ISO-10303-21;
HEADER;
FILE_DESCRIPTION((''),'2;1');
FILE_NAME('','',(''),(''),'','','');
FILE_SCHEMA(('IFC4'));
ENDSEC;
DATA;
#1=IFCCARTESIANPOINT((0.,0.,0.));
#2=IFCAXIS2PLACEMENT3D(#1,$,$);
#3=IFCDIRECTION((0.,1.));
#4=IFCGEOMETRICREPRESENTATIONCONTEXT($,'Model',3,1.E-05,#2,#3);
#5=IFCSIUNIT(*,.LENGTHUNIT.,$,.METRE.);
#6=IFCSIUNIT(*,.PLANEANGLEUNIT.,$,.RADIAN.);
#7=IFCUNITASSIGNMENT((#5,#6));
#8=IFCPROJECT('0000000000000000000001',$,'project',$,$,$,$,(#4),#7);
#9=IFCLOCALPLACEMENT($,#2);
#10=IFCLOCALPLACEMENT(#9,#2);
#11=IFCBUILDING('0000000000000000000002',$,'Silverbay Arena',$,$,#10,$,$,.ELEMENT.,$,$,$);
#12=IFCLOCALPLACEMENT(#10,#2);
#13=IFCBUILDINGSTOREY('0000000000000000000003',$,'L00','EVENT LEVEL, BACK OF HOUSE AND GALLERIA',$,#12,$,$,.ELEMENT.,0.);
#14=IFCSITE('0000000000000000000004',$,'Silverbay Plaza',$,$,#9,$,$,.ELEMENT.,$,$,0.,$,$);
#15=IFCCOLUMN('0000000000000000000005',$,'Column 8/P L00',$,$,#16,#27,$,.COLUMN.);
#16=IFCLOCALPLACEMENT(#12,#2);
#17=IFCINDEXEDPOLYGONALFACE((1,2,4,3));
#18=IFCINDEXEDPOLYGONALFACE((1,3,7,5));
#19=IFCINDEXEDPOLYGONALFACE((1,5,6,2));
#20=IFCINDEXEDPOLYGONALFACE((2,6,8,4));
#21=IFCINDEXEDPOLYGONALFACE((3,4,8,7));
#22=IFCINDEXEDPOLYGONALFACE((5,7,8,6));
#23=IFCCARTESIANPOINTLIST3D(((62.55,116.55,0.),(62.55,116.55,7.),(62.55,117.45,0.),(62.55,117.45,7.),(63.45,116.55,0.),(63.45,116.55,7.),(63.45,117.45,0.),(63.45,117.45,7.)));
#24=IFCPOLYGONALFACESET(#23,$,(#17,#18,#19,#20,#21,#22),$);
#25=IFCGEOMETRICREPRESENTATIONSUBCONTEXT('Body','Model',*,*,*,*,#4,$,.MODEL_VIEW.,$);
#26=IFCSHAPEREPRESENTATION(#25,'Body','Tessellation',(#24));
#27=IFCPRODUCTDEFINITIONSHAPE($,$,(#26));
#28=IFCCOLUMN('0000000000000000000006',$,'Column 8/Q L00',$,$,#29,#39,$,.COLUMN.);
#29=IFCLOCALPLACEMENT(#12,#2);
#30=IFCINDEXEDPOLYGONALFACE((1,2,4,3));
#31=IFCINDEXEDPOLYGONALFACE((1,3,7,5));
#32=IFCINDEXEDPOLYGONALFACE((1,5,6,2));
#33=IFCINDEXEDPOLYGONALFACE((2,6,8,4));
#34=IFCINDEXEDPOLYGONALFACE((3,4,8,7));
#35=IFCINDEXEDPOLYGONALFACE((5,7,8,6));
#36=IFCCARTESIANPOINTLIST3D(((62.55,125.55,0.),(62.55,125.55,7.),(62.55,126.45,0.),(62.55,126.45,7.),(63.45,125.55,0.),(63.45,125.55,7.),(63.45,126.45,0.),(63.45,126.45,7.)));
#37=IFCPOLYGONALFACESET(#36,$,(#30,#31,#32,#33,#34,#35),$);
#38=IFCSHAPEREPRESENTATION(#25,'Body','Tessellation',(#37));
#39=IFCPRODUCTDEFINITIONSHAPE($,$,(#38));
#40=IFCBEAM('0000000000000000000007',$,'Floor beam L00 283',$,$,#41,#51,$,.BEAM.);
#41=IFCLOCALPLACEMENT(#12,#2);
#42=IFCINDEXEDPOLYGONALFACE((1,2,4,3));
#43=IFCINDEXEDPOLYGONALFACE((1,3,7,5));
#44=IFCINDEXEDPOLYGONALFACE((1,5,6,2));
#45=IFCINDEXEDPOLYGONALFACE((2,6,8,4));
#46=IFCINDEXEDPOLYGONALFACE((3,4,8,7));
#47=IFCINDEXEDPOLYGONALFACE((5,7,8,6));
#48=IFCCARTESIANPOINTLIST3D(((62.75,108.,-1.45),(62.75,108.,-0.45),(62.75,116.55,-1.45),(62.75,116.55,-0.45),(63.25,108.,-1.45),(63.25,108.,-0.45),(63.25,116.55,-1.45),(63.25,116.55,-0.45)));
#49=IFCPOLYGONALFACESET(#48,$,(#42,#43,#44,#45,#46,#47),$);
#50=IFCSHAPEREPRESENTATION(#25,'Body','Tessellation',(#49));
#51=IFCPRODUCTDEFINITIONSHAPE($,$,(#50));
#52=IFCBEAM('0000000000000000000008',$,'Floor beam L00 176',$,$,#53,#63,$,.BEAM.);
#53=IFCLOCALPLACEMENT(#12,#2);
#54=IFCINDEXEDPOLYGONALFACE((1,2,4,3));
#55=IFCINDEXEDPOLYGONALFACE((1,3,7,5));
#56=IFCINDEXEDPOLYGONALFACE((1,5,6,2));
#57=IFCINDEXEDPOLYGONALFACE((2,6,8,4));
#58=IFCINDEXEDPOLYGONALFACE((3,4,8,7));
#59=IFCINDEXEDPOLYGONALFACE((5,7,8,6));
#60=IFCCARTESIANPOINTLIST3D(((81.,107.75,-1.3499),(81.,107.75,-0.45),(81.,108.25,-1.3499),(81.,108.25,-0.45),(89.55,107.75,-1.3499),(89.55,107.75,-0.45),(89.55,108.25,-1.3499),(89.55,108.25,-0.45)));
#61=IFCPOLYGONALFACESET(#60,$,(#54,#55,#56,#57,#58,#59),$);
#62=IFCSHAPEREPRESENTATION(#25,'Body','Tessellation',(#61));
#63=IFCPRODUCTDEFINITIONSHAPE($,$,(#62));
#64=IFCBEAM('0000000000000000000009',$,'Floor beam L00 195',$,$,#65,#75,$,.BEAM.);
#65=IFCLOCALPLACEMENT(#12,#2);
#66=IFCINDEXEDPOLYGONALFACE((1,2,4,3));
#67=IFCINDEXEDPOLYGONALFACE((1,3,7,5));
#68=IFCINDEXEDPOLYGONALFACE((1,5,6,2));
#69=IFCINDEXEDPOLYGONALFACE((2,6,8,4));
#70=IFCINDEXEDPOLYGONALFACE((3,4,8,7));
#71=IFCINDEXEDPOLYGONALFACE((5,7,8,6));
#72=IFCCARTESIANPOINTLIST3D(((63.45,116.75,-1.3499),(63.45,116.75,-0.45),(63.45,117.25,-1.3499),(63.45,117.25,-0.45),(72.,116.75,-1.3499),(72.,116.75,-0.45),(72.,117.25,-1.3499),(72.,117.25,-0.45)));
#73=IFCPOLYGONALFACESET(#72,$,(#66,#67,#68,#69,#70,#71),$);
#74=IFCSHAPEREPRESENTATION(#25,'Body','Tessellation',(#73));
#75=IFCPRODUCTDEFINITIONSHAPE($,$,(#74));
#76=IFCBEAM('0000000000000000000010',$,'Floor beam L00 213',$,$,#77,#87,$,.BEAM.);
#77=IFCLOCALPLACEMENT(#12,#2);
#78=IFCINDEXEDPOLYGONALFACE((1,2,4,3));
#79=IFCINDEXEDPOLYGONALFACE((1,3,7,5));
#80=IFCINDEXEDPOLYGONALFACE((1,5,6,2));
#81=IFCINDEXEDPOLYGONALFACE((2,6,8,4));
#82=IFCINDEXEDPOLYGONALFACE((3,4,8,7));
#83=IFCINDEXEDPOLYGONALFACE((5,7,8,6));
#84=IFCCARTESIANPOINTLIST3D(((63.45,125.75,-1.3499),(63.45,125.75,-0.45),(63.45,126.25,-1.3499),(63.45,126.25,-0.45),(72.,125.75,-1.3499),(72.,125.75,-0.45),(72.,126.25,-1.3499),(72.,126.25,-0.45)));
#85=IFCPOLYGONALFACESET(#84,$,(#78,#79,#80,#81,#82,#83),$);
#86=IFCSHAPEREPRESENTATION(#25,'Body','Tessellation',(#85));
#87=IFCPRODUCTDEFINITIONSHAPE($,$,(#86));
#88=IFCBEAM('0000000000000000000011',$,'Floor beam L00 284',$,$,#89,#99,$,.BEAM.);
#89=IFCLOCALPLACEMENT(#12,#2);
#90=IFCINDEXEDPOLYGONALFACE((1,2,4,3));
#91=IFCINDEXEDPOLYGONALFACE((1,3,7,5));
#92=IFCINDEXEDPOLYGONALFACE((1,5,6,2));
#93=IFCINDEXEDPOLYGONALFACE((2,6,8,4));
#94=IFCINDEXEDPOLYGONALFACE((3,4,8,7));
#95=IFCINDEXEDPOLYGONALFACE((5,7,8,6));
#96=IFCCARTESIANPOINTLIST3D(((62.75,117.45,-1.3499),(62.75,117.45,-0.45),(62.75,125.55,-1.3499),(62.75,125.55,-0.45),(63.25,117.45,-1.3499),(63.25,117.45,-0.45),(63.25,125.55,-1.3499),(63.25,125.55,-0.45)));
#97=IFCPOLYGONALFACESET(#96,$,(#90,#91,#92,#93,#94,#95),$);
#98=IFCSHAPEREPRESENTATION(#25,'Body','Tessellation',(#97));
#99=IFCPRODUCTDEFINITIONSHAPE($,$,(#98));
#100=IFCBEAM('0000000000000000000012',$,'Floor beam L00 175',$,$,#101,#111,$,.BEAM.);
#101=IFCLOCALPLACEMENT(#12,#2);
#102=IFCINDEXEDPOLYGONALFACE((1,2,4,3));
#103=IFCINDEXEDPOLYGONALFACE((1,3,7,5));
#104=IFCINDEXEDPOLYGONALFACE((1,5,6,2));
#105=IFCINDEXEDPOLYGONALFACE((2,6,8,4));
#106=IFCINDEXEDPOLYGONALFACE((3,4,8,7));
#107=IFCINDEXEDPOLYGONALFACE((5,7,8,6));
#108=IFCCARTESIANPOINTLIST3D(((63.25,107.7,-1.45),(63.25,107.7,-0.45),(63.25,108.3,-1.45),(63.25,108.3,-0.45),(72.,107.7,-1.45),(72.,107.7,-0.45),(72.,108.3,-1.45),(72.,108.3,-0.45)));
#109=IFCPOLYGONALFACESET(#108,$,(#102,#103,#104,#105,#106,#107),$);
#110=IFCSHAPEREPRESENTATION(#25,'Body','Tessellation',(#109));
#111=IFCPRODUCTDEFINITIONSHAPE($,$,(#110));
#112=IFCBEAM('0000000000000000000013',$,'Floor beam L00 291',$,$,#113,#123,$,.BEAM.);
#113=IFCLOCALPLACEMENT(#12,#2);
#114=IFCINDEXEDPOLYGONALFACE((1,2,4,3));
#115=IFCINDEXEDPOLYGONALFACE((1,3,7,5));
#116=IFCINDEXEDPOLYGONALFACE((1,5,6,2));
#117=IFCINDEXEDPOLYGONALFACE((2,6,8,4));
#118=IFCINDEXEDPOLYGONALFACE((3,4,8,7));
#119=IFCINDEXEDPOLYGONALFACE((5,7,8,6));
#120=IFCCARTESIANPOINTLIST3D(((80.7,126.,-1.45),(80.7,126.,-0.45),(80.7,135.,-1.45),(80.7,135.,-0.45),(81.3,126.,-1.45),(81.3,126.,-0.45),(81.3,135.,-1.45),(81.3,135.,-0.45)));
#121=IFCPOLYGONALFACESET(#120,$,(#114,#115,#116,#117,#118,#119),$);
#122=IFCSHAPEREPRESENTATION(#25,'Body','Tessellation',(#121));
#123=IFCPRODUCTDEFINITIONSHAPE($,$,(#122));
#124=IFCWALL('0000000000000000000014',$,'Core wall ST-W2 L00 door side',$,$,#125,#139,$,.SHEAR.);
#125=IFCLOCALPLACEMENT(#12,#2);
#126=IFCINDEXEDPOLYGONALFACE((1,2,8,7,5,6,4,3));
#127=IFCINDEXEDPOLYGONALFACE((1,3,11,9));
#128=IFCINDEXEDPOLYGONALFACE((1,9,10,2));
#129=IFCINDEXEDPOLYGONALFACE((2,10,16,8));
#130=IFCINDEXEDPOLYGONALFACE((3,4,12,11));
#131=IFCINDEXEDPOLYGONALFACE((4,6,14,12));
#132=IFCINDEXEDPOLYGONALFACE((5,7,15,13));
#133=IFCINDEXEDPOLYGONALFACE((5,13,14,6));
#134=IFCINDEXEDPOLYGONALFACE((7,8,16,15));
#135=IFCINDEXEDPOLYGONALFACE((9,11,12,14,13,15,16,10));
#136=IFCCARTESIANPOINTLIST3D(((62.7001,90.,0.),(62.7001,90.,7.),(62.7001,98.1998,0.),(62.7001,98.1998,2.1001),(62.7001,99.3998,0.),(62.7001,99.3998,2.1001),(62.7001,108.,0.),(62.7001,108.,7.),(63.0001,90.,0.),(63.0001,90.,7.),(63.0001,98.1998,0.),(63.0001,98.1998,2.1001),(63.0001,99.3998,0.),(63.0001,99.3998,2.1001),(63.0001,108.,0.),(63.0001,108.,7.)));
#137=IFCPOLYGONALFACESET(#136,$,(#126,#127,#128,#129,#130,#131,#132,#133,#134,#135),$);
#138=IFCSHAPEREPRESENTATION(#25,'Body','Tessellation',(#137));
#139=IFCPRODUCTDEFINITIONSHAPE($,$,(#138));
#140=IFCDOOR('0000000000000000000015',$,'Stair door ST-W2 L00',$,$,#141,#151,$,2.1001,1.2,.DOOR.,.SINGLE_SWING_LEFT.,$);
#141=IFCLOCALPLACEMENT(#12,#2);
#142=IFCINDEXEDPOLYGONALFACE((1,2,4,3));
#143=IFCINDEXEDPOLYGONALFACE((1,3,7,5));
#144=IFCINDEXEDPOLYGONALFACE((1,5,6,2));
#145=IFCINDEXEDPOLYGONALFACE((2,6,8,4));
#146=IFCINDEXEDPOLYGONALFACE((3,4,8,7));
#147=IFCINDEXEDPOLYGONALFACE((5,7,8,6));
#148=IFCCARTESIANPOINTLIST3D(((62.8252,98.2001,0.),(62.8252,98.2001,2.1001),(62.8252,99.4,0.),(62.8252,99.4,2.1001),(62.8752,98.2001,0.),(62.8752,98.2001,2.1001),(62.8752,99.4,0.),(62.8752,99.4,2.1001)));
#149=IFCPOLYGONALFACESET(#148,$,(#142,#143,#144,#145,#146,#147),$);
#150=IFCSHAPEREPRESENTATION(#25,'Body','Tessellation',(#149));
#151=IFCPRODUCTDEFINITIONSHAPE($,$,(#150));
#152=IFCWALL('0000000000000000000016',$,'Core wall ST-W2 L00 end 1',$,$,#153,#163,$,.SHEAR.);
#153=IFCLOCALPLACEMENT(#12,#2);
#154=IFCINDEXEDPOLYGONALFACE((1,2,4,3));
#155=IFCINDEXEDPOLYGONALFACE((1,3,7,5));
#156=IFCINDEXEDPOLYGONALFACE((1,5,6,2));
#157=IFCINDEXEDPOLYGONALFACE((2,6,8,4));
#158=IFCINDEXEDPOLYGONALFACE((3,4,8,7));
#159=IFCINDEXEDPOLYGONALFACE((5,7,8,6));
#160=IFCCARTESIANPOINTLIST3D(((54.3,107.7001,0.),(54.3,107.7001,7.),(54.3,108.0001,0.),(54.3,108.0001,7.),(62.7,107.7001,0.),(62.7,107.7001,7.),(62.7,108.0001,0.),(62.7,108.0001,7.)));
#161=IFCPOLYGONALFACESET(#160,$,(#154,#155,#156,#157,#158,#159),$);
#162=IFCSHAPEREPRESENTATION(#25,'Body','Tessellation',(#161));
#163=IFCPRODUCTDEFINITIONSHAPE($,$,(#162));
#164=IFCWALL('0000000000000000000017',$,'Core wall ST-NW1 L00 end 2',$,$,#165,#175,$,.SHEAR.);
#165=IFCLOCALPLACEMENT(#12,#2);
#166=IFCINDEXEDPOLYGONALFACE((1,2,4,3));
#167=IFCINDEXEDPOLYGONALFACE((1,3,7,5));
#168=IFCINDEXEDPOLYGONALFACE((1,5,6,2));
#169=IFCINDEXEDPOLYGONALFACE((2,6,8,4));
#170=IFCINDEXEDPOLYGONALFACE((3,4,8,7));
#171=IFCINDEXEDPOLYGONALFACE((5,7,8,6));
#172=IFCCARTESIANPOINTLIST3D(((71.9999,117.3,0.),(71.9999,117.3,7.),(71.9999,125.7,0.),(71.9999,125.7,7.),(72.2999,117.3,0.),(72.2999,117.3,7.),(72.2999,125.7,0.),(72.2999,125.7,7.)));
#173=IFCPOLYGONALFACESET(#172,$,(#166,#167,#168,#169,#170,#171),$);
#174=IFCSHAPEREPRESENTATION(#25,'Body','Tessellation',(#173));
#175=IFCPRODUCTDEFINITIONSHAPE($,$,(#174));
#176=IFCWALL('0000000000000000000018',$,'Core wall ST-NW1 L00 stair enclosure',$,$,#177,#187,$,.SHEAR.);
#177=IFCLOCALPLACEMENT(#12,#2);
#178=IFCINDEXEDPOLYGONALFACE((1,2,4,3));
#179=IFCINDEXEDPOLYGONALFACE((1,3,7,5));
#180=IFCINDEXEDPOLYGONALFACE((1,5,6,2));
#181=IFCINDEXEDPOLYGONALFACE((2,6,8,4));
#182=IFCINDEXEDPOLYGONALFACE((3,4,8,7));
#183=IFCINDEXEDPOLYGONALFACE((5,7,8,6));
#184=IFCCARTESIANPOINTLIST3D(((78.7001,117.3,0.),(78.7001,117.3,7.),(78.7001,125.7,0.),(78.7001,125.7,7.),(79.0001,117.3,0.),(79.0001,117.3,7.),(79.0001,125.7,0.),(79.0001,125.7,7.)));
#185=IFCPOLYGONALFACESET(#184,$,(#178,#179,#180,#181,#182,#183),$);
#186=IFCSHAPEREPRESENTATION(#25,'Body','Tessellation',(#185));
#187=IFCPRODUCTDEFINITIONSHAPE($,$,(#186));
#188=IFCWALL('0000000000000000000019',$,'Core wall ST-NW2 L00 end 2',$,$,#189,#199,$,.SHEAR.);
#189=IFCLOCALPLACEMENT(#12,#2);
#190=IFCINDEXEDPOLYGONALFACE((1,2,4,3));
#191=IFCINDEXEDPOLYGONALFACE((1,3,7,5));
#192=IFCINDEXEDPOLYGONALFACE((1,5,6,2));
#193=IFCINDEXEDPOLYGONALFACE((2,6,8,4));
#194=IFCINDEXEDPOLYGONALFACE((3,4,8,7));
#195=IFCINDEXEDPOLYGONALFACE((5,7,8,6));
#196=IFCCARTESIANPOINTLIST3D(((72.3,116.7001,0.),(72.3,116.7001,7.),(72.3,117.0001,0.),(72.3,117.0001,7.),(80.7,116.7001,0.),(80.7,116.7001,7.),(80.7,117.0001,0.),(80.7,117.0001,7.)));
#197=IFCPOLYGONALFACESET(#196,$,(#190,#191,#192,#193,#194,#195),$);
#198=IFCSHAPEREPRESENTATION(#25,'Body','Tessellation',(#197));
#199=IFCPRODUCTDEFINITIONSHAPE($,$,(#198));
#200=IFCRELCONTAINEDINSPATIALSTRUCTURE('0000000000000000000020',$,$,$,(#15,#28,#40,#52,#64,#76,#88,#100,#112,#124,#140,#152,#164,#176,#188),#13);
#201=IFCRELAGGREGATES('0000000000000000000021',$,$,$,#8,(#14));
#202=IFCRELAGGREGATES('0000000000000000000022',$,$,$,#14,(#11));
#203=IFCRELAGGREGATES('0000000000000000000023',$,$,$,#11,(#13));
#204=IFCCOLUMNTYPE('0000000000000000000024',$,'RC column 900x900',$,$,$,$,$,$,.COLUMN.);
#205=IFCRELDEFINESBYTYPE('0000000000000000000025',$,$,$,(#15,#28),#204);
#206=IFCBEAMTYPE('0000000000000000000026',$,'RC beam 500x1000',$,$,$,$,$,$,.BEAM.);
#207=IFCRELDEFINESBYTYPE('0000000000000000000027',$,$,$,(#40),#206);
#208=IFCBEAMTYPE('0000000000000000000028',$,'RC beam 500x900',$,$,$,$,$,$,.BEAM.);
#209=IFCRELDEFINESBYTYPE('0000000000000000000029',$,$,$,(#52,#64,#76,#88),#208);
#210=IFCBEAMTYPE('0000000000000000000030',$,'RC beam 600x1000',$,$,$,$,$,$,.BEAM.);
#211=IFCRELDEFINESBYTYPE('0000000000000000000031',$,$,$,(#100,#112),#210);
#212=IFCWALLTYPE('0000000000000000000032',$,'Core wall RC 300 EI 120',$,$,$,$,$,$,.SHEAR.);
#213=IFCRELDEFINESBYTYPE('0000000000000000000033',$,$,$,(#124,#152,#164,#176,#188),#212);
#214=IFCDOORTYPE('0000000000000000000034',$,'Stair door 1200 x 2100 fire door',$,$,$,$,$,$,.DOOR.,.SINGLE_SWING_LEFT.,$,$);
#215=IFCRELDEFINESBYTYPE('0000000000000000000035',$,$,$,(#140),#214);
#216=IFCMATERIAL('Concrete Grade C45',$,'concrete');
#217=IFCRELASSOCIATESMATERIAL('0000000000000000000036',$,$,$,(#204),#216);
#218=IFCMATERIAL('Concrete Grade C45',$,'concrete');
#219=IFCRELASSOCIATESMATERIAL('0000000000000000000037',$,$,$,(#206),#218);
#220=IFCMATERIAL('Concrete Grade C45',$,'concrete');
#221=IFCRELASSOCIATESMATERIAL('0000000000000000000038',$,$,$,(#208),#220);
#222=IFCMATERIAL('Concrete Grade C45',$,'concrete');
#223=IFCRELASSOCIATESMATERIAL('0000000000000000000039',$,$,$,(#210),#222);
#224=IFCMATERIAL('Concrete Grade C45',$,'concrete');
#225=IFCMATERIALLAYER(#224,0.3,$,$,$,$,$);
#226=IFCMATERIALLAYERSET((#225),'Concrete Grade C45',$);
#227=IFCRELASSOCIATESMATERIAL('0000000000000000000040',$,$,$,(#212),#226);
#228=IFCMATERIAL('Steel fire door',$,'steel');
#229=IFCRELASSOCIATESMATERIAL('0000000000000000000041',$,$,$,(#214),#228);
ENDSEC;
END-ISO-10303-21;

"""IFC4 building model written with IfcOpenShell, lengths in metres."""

from ifc_helpers import new_model, si_unit, direction, frame, frame_2d, origin, origin_2d, place, context, subcontext, project, spatial, rectangle, extrude, material, layer, layer_set, material_profile, profile_set, type_object, element, fill, save


model = new_model("IFC4")

# Units and contexts
model_context = context("Model", 3, precision=1e-05, world=origin(), true_north=direction((0.0, 1.0)))
body_context = subcontext(model_context, "Body", "Model", "MODEL_VIEW")
ifc_project = project(units=[si_unit("LENGTHUNIT", "METRE"), si_unit("PLANEANGLEUNIT", "RADIAN")], contexts=[model_context])

# Site, building, storey
site_placement = place(None, origin())
site = spatial("IfcSite", under=ifc_project, at=site_placement, Name="Silverbay Plaza", CompositionType="ELEMENT", RefElevation=0.0)
building_placement = place(site_placement, origin())
building = spatial("IfcBuilding", under=site, at=building_placement, Name="Silverbay Arena", CompositionType="ELEMENT")
storey_placement = place(building_placement, origin())
storey = spatial("IfcBuildingStorey", under=building, at=storey_placement, Name="L00", Description="EVENT LEVEL, BACK OF HOUSE AND GALLERIA", CompositionType="ELEMENT", Elevation=0.0)

# Columns
ifc_material_1 = material(Name="Concrete Grade C45", Category="concrete")
ifc_material_profile_1 = material_profile(ifc_material_1, rectangle(XDim=0.8999, YDim=0.8999, at=origin_2d()), Name="RC 900x900")
ifc_profile_set_1 = profile_set([ifc_material_profile_1], Name="Concrete Grade C45")
column_type = type_object("IfcColumnType", Name="RC column 900x900", PredefinedType="COLUMN", material=ifc_profile_set_1)
for number, where, z_axis, x_axis, name in (
    (1, (63.0, 117.0, 0.0), (0.0, 0.0, 1.0), (1.0, 0.0, 0.0), "Column 8/P L00"),
    (2, (63.0, 126.0, 0.0), (0.0, 0.0, 1.0), (1.0, 0.0, 0.0), "Column 8/Q L00"),
):
    element("IfcColumn", number, at=place(storey_placement, frame(where, z_axis=z_axis, x_axis=x_axis)), inside=storey, type_object=column_type, Name=name, PredefinedType="COLUMN", context=body_context, shape_type="SweptSolid", body=[
        extrude(rectangle(XDim=0.8999, YDim=0.8999, at=origin_2d()), origin(), (0.0, 0.0, 1.0), 7.0),
    ])

# Beams
ifc_material_2 = material(Name="Concrete Grade C45", Category="concrete")
ifc_material_profile_2 = material_profile(ifc_material_2, rectangle(XDim=0.5, YDim=1.0, at=origin_2d()), Name="RC 500x1000")
ifc_profile_set_2 = profile_set([ifc_material_profile_2], Name="Concrete Grade C45")
beam_type_1 = type_object("IfcBeamType", Name="RC beam 500x1000", PredefinedType="BEAM", material=ifc_profile_set_2)
beam_1_placement = place(storey_placement, frame((63.0, 108.0, -0.95), z_axis=(0.0, 1.0, 0.0), x_axis=(-1.0, 0.0, 0.0)))
element("IfcBeam", 3, at=beam_1_placement, inside=storey, type_object=beam_type_1, Name="Floor beam L00 283", PredefinedType="BEAM", context=body_context, shape_type="SweptSolid", body=[
    extrude(rectangle(XDim=0.5, YDim=1.0, at=origin_2d()), origin(), (0.0, 0.0, 1.0), 8.55),
])
ifc_material_3 = material(Name="Concrete Grade C45", Category="concrete")
ifc_material_profile_3 = material_profile(ifc_material_3, rectangle(XDim=0.5, YDim=0.8999, at=origin_2d()), Name="RC 500x900")
ifc_profile_set_3 = profile_set([ifc_material_profile_3], Name="Concrete Grade C45")
beam_type_2 = type_object("IfcBeamType", Name="RC beam 500x900", PredefinedType="BEAM", material=ifc_profile_set_3)
for number, where, z_axis, x_axis, name in (
    (4, (81.0, 108.0, -0.8999), (1.0, 0.0, 0.0), (0.0, 1.0, 0.0), "Floor beam L00 176"),
    (5, (63.45, 117.0, -0.8999), (1.0, 0.0, 0.0), (0.0, 1.0, 0.0), "Floor beam L00 195"),
    (6, (63.45, 126.0, -0.8999), (1.0, 0.0, 0.0), (0.0, 1.0, 0.0), "Floor beam L00 213"),
):
    element("IfcBeam", number, at=place(storey_placement, frame(where, z_axis=z_axis, x_axis=x_axis)), inside=storey, type_object=beam_type_2, Name=name, PredefinedType="BEAM", context=body_context, shape_type="SweptSolid", body=[
        extrude(rectangle(XDim=0.5, YDim=0.8999, at=origin_2d()), origin(), (0.0, 0.0, 1.0), 8.55),
    ])
beam_2_placement = place(storey_placement, frame((63.0, 117.45, -0.8999), z_axis=(0.0, 1.0, 0.0), x_axis=(-1.0, 0.0, 0.0)))
element("IfcBeam", 7, at=beam_2_placement, inside=storey, type_object=beam_type_2, Name="Floor beam L00 284", PredefinedType="BEAM", context=body_context, shape_type="SweptSolid", body=[
    extrude(rectangle(XDim=0.5, YDim=0.8999, at=origin_2d()), origin(), (0.0, 0.0, 1.0), 8.1001),
])
ifc_material_4 = material(Name="Concrete Grade C45", Category="concrete")
ifc_material_profile_4 = material_profile(ifc_material_4, rectangle(XDim=0.6001, YDim=1.0, at=origin_2d()), Name="RC 600x1000")
ifc_profile_set_4 = profile_set([ifc_material_profile_4], Name="Concrete Grade C45")
beam_type_3 = type_object("IfcBeamType", Name="RC beam 600x1000", PredefinedType="BEAM", material=ifc_profile_set_4)
beam_3_placement = place(storey_placement, frame((63.25, 108.0, -0.95), z_axis=(1.0, 0.0, 0.0), x_axis=(0.0, 1.0, 0.0)))
element("IfcBeam", 8, at=beam_3_placement, inside=storey, type_object=beam_type_3, Name="Floor beam L00 175", PredefinedType="BEAM", context=body_context, shape_type="SweptSolid", body=[
    extrude(rectangle(XDim=0.6001, YDim=1.0, at=origin_2d()), origin(), (0.0, 0.0, 1.0), 8.75),
])
beam_4_placement = place(storey_placement, frame((81.0, 126.0, -0.95), z_axis=(0.0, 1.0, 0.0), x_axis=(-1.0, 0.0, 0.0)))
element("IfcBeam", 9, at=beam_4_placement, inside=storey, type_object=beam_type_3, Name="Floor beam L00 291", PredefinedType="BEAM", context=body_context, shape_type="SweptSolid", body=[
    extrude(rectangle(XDim=0.6001, YDim=1.0, at=origin_2d()), origin(), (0.0, 0.0, 1.0), 9.0),
])

# Wall, opening, door
ifc_material_5 = material(Name="Concrete Grade C45", Category="concrete")
ifc_layer_1 = layer(ifc_material_5, 0.3)
ifc_layer_set_1 = layer_set([ifc_layer_1], Name="Concrete Grade C45")
wall_type_1 = type_object("IfcWallType", Name="Core wall RC 300 EI 120", PredefinedType="SHEAR", material=ifc_layer_set_1)
wall_1_placement = place(storey_placement, frame((62.8501, 108.0, 0.0), z_axis=(0.0, 0.0, 1.0), x_axis=(0.0, -1.0, 0.0)))
wall_1 = element("IfcWall", 10, at=wall_1_placement, inside=storey, type_object=wall_type_1, Name="Core wall ST-W2 L00 door side", PredefinedType="SHEAR", context=body_context, shape_type="SweptSolid", body=[
    extrude(rectangle(XDim=18.0, YDim=0.3, at=frame_2d((9.0, 0.0))), origin(), (0.0, 0.0, 1.0), 7.0),
])
opening_1_placement = place(wall_1_placement, frame((8.6001, 0.0, 0.0)))
opening_1 = element("IfcOpeningElement", 11, at=opening_1_placement, cuts=wall_1, PredefinedType="OPENING", context=body_context, shape_type="SweptSolid", body=[
    extrude(rectangle(XDim=1.2, YDim=2.1001, at=frame_2d((0.6001, 1.05))), frame((0.0, 0.1602, 0.0), z_axis=(0.0, -1.0, 0.0), x_axis=(1.0, 0.0, 0.0)), (0.0, 0.0, 1.0), 0.3201),
])
ifc_material_6 = material(Name="Steel fire door", Category="steel")
door_type_1 = type_object("IfcDoorType", Name="Stair door 1200 x 2100 fire door", OperationType="SINGLE_SWING_LEFT", PredefinedType="DOOR", material=ifc_material_6)
door_1_placement = place(opening_1_placement, frame((1.2, 0.0, 0.0), z_axis=(0.0, 0.0, 1.0), x_axis=(-1.0, 0.0, 0.0)))
door_1 = element("IfcDoor", 12, at=door_1_placement, inside=storey, type_object=door_type_1, Name="Stair door ST-W2 L00", OperationType="SINGLE_SWING_LEFT", OverallHeight=2.1001, OverallWidth=1.2, PredefinedType="DOOR", context=body_context, shape_type="SweptSolid", body=[
    extrude(rectangle(XDim=1.2, YDim=2.1001, at=frame_2d((0.6001, 1.05))), frame((0.0, 0.0249, 0.0), z_axis=(0.0, -1.0, 0.0), x_axis=(1.0, 0.0, 0.0)), (0.0, 0.0, 1.0), 0.05),
])
fill(opening_1, door_1)

# Walls
for number, where, z_axis, x_axis, name in (
    (13, (62.7, 107.8501, 0.0), (0.0, 0.0, 1.0), (-1.0, 0.0, 0.0), "Core wall ST-W2 L00 end 1"),
    (14, (72.1499, 117.3, 0.0), (0.0, 0.0, 1.0), (0.0, 1.0, 0.0), "Core wall ST-NW1 L00 end 2"),
    (15, (78.8501, 117.3, 0.0), (0.0, 0.0, 1.0), (0.0, 1.0, 0.0), "Core wall ST-NW1 L00 stair enclosure"),
    (16, (80.7, 116.8501, 0.0), (0.0, 0.0, 1.0), (-1.0, 0.0, 0.0), "Core wall ST-NW2 L00 end 2"),
):
    element("IfcWall", number, at=place(storey_placement, frame(where, z_axis=z_axis, x_axis=x_axis)), inside=storey, type_object=wall_type_1, Name=name, PredefinedType="SHEAR", context=body_context, shape_type="SweptSolid", body=[
        extrude(rectangle(XDim=8.3999, YDim=0.3, at=frame_2d((4.2, 0.0))), origin(), (0.0, 0.0, 1.0), 7.0),
    ])

save(model, "model.ifc")
